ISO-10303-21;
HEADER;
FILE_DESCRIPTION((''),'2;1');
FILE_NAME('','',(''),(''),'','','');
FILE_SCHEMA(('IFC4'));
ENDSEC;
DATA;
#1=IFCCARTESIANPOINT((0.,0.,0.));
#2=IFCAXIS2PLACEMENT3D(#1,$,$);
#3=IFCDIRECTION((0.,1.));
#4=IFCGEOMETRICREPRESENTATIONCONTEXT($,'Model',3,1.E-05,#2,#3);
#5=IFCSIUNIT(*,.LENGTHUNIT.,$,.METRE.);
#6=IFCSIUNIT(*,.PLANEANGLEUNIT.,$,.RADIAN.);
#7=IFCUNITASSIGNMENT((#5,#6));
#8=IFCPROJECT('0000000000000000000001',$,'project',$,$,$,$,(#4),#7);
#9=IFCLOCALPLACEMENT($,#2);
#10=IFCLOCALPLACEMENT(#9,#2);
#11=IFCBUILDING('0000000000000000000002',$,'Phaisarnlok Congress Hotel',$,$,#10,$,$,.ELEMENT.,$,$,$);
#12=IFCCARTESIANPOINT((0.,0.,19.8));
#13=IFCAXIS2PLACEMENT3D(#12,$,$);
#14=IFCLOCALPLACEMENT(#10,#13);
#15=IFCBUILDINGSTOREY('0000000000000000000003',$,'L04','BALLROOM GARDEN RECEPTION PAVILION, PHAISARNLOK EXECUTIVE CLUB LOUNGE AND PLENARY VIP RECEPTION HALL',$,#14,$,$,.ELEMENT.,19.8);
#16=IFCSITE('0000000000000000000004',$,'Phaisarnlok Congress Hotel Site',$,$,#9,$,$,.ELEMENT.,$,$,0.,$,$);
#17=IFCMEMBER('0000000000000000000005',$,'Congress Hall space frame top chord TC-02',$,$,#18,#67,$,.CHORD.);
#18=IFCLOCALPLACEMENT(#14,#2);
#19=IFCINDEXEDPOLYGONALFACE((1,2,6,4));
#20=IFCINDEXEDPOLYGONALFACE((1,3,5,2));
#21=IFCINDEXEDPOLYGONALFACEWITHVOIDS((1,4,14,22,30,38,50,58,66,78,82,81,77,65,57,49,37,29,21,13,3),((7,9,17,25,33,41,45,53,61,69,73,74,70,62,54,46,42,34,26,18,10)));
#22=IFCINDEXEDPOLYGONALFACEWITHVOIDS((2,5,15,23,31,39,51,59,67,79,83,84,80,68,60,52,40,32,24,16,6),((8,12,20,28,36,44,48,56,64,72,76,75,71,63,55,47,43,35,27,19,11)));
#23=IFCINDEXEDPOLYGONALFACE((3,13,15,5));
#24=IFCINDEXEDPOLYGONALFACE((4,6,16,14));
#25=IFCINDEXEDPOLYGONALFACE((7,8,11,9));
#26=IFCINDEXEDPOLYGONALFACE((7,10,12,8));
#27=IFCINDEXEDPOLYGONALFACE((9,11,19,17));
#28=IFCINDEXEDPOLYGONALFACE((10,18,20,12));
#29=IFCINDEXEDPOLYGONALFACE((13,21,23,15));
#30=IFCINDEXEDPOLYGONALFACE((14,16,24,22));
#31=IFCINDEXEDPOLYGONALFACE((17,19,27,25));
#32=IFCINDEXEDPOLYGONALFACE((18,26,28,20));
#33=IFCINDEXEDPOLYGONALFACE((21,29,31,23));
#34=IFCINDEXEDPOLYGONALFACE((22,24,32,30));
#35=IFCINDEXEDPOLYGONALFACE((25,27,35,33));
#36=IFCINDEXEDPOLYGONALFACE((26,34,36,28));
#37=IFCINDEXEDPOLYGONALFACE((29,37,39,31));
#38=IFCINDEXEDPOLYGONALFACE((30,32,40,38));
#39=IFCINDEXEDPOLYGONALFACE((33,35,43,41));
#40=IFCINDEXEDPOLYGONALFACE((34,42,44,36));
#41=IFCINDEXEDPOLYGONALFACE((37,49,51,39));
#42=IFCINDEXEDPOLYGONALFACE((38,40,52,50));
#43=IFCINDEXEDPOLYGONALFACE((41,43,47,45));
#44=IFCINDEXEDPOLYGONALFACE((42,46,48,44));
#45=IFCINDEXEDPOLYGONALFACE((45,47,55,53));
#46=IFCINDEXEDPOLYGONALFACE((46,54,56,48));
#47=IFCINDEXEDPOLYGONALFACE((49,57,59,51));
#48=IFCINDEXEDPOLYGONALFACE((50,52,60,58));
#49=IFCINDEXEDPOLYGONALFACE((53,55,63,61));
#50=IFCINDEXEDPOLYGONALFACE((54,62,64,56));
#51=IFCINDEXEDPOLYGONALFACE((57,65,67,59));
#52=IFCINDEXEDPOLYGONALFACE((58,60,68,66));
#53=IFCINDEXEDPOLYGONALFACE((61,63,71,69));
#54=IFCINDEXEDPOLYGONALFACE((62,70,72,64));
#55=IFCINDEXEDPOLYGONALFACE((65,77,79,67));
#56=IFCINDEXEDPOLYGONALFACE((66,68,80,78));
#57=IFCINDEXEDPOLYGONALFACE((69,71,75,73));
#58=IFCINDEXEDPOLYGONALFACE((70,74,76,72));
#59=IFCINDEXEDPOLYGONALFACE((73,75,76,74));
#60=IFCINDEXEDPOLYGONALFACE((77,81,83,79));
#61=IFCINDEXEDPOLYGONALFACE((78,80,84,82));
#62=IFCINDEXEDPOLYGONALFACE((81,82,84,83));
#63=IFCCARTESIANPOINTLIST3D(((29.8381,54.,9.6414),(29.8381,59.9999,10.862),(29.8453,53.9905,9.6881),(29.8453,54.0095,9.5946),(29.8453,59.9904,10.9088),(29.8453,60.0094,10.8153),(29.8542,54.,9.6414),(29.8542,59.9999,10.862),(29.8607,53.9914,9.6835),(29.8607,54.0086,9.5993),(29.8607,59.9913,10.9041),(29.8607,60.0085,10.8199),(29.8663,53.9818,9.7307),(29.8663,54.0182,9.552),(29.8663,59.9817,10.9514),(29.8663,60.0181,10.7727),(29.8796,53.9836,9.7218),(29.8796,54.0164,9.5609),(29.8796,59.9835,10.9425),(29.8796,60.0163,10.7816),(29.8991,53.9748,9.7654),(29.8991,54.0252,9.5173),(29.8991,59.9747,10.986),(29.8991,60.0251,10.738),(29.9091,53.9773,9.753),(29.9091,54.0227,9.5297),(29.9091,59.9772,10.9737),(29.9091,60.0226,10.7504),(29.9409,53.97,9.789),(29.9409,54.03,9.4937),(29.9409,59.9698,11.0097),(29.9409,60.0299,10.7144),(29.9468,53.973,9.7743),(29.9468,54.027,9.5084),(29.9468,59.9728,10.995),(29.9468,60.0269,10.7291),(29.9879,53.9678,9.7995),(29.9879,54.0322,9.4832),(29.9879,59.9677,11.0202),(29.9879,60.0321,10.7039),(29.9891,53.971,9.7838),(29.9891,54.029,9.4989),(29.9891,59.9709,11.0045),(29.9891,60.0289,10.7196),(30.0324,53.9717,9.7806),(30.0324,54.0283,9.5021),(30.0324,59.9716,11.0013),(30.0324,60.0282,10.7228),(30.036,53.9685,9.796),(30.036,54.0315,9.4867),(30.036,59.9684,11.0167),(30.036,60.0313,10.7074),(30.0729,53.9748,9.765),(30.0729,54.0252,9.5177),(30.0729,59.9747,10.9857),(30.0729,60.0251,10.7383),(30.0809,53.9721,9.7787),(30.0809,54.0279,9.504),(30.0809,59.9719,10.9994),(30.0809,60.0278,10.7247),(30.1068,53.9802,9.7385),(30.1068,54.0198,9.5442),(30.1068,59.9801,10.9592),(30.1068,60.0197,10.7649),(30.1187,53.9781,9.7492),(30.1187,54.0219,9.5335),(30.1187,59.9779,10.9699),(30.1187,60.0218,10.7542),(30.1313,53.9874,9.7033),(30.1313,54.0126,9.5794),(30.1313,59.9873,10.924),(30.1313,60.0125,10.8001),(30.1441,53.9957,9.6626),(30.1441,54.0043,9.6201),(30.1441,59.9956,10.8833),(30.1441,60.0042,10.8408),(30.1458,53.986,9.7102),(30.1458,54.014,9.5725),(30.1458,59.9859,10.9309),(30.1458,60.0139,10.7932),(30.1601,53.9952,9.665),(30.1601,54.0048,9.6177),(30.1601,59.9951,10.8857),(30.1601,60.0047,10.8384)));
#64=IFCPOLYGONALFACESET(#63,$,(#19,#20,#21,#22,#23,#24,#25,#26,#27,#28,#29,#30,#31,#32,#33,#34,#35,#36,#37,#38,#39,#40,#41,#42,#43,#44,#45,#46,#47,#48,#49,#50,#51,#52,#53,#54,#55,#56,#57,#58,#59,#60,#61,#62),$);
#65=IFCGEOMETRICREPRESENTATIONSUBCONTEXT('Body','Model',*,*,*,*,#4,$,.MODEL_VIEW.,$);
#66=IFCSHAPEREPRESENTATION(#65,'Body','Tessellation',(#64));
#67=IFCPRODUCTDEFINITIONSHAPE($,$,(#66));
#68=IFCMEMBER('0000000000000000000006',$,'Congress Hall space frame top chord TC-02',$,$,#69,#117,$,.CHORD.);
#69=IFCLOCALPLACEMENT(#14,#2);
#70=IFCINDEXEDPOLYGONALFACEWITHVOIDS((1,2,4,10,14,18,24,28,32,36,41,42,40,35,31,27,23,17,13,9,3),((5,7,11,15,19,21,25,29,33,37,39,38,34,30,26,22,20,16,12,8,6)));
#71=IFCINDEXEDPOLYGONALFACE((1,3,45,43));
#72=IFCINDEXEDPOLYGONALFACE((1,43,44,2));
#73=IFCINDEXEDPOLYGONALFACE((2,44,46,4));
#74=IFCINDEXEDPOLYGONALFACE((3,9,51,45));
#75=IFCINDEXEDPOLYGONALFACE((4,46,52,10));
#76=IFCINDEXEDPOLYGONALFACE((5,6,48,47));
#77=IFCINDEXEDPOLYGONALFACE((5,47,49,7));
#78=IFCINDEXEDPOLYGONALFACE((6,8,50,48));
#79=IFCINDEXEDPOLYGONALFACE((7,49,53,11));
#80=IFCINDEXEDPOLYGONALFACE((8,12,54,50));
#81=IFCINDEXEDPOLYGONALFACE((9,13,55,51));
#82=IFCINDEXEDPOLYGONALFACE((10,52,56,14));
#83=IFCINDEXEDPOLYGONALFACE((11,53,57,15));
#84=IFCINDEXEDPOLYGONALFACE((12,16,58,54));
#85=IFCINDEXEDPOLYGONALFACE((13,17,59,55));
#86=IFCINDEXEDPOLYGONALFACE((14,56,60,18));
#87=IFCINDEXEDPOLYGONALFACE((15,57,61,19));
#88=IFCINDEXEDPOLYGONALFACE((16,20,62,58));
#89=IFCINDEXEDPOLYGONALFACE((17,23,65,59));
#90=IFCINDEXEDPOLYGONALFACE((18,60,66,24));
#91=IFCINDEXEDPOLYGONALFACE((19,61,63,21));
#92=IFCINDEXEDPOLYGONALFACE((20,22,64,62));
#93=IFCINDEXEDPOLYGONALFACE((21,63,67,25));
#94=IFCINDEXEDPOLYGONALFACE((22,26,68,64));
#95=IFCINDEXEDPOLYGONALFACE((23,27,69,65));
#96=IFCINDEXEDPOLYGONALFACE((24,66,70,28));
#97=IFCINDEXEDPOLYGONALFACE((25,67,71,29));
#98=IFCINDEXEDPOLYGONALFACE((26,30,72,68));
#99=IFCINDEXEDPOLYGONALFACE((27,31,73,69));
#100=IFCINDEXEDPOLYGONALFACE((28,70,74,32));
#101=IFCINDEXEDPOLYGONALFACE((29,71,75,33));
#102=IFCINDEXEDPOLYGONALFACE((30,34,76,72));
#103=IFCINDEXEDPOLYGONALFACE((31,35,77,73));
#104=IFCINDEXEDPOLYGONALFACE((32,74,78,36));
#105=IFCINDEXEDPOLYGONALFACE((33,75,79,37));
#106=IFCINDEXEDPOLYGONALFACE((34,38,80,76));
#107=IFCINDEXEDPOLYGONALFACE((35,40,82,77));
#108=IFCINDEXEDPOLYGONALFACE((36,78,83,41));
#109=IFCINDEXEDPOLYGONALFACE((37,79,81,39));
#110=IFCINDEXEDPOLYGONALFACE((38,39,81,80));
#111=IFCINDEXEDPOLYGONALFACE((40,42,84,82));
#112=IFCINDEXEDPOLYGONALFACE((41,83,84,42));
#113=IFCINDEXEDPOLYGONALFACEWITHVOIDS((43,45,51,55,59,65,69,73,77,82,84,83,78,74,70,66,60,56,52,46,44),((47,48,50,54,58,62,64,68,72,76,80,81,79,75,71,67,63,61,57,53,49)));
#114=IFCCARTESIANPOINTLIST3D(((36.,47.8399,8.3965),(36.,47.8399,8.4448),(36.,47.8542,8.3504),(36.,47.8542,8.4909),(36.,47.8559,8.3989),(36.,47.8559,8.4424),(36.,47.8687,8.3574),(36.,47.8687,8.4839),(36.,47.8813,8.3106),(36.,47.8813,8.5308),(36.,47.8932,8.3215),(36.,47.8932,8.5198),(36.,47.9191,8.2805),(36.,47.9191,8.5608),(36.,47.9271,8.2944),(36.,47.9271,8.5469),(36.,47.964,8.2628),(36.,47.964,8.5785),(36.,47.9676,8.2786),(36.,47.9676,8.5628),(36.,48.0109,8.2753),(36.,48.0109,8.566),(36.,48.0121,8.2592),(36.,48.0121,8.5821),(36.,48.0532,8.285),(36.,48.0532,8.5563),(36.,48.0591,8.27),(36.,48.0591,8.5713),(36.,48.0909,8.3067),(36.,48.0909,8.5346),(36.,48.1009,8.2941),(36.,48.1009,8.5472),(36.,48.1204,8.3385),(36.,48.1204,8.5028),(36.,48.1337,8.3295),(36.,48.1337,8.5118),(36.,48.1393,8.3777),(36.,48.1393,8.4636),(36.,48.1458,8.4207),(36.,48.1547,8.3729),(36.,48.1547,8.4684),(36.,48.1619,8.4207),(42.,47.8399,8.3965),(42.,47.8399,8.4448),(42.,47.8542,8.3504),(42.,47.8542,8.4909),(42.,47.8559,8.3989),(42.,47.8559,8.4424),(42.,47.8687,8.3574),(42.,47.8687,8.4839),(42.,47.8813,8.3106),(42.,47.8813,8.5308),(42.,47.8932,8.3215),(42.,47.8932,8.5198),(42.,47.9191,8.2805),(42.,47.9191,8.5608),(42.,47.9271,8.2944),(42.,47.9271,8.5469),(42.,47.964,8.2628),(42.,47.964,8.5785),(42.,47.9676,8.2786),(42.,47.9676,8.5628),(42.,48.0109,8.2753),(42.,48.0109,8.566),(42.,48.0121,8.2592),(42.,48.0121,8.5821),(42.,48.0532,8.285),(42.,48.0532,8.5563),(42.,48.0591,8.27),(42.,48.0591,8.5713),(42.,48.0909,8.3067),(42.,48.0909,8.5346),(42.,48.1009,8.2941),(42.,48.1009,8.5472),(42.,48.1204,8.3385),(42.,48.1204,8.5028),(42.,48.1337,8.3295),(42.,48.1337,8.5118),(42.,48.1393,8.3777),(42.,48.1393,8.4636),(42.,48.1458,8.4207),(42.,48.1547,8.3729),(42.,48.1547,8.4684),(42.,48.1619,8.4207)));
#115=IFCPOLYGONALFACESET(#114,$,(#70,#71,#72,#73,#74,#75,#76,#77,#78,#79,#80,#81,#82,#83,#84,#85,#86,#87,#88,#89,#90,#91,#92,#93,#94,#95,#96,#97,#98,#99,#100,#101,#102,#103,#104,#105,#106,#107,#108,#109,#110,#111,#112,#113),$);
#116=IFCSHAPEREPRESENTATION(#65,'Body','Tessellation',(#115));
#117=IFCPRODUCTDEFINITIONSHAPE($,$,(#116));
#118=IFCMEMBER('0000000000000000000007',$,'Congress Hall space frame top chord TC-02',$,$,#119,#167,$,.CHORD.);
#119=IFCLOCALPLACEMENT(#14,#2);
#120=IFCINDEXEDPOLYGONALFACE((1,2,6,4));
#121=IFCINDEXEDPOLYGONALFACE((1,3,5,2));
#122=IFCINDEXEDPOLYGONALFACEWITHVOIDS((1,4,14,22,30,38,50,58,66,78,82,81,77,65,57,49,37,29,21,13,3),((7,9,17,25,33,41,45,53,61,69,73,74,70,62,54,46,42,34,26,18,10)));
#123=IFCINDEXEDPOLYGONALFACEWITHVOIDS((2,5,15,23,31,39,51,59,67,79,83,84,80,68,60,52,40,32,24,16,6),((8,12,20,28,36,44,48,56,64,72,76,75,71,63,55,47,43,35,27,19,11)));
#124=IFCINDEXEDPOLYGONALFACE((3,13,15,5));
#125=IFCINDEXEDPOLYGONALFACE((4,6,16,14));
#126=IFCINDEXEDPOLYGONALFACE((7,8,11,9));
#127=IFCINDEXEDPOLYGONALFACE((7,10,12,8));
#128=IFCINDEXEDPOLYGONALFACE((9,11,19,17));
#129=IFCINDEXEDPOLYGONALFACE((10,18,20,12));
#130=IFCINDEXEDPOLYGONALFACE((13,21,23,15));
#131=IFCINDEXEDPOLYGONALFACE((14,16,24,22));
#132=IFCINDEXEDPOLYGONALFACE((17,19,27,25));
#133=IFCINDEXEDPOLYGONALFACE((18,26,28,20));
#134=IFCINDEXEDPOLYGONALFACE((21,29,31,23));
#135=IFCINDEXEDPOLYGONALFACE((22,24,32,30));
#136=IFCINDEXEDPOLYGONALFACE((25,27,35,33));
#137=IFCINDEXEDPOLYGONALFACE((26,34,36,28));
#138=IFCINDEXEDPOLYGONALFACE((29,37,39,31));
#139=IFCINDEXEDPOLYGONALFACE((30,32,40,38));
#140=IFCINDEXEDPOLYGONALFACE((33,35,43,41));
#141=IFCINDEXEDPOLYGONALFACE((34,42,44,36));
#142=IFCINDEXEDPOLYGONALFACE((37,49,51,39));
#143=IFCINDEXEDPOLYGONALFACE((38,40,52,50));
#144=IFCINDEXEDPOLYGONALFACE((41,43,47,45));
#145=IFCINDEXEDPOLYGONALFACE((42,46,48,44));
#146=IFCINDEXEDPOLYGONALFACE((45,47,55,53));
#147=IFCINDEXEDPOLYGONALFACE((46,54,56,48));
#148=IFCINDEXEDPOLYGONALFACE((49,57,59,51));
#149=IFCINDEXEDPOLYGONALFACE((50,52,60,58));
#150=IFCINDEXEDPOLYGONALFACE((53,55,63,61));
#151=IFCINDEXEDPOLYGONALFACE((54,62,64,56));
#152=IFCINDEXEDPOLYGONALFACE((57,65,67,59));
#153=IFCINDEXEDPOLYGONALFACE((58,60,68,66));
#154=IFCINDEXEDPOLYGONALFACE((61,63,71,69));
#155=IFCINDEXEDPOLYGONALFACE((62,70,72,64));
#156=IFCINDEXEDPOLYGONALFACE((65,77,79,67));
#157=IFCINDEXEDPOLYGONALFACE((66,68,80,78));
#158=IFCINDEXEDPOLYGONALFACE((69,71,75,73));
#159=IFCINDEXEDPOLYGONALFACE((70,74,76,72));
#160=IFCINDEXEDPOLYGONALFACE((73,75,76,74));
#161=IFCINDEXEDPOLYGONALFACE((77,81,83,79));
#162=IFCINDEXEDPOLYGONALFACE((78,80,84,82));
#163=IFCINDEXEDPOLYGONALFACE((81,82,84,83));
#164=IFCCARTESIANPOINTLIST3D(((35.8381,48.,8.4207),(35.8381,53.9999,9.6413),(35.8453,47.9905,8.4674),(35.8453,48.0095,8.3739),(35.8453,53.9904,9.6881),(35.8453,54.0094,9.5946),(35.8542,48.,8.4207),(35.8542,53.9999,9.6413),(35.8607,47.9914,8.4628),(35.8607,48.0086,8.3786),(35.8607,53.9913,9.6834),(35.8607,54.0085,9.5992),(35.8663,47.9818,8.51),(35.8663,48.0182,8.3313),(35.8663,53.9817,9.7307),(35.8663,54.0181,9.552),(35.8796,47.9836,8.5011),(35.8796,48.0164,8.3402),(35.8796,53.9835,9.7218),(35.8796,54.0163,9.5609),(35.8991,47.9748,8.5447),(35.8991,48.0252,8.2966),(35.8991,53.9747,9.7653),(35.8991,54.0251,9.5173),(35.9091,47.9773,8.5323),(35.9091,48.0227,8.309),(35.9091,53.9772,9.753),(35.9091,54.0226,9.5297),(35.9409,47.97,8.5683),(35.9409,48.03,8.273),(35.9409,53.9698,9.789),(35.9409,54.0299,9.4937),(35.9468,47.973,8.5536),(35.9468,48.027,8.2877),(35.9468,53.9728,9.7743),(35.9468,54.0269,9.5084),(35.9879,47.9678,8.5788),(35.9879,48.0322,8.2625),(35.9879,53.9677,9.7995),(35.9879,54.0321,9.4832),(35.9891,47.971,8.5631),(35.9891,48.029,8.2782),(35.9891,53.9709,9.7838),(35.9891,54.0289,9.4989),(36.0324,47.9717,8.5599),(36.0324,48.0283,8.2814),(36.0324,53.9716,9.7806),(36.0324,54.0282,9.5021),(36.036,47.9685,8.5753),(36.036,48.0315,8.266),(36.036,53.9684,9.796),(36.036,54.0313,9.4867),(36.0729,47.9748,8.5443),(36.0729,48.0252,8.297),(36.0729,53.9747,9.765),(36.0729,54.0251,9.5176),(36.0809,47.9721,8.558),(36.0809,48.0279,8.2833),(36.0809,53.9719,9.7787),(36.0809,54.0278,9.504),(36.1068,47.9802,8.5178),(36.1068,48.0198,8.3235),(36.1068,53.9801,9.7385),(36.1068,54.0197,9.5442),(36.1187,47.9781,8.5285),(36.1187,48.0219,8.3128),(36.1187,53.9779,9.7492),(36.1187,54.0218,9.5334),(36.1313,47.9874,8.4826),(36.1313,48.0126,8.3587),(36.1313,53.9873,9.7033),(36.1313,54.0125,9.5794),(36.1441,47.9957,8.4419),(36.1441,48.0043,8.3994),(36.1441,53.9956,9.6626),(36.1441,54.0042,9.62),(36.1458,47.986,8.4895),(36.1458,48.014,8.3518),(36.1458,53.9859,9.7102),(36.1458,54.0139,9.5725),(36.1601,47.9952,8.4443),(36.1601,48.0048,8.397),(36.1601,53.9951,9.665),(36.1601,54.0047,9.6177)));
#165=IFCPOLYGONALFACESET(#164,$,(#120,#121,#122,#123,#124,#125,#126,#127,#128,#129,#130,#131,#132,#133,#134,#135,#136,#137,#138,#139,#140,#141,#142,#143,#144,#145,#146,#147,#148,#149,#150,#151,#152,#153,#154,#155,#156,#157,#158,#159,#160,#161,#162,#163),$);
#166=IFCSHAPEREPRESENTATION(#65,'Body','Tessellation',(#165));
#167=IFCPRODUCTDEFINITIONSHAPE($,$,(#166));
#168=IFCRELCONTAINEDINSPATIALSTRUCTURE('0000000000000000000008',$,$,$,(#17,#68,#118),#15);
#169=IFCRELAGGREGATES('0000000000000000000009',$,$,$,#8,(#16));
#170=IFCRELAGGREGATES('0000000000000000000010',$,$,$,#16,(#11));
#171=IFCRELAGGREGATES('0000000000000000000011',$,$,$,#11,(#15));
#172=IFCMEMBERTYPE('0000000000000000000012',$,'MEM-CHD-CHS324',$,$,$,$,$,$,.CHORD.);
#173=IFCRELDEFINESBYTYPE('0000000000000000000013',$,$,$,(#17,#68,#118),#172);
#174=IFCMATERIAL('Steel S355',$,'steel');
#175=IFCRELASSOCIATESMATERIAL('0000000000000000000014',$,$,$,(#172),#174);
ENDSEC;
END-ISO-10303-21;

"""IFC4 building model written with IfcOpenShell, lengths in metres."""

from ifc_helpers import new_model, si_unit, direction, frame, origin, origin_2d, place, context, subcontext, project, spatial, hollow_circle, extrude, material, material_profile, profile_set, type_object, element, save


model = new_model("IFC4")

# Units and contexts
model_context = context("Model", 3, precision=1e-05, world=origin(), true_north=direction((0.0, 1.0)))
body_context = subcontext(model_context, "Body", "Model", "MODEL_VIEW")
ifc_project = project(units=[si_unit("LENGTHUNIT", "METRE"), si_unit("PLANEANGLEUNIT", "RADIAN")], contexts=[model_context])

# Site, building, storey
site_placement = place(None, origin())
site = spatial("IfcSite", under=ifc_project, at=site_placement, Name="Phaisarnlok Congress Hotel Site", CompositionType="ELEMENT", RefElevation=0.0)
building_placement = place(site_placement, origin())
building = spatial("IfcBuilding", under=site, at=building_placement, Name="Phaisarnlok Congress Hotel", CompositionType="ELEMENT")
storey_placement = place(building_placement, frame((0.0, 0.0, 19.8)))
storey = spatial("IfcBuildingStorey", under=building, at=storey_placement, Name="L04", Description="BALLROOM GARDEN RECEPTION PAVILION, PHAISARNLOK EXECUTIVE CLUB LOUNGE AND PLENARY VIP RECEPTION HALL", CompositionType="ELEMENT", Elevation=19.8)

# Members
ifc_material = material(Name="Steel S355", Category="steel")
ifc_material_profile_1 = material_profile(ifc_material, hollow_circle(Radius=0.1619, WallThickness=0.0161, at=origin_2d()), Name="CHS 323.9x16")
ifc_profile_set_1 = profile_set([ifc_material_profile_1], Name="Steel S355")
member_type_1 = type_object("IfcMemberType", Name="MEM-CHD-CHS324", PredefinedType="CHORD", material=ifc_profile_set_1)
member_1_placement = place(storey_placement, frame((30.0, 54.0, 9.6414), z_axis=(0.0, 0.979925, 0.199366), x_axis=(-1.0, 0.0, 0.0)))
element("IfcMember", 1, at=member_1_placement, inside=storey, type_object=member_type_1, Name="Congress Hall space frame top chord TC-02", PredefinedType="CHORD", context=body_context, shape_type="SweptSolid", body=[
    extrude(hollow_circle(Radius=0.1619, WallThickness=0.0161, at=origin_2d()), origin(), (0.0, 0.0, 1.0), 6.1228),
])
member_2_placement = place(storey_placement, frame((36.0, 48.0, 8.4207), z_axis=(1.0, 0.0, 0.0), x_axis=(0.0, 1.0, 0.0)))
element("IfcMember", 2, at=member_2_placement, inside=storey, type_object=member_type_1, Name="Congress Hall space frame top chord TC-02", PredefinedType="CHORD", context=body_context, shape_type="SweptSolid", body=[
    extrude(hollow_circle(Radius=0.1619, WallThickness=0.0161, at=origin_2d()), origin(), (0.0, 0.0, 1.0), 6.0),
])
member_3_placement = place(storey_placement, frame((36.0, 48.0, 8.4207), z_axis=(0.0, 0.979925, 0.199366), x_axis=(-1.0, 0.0, 0.0)))
element("IfcMember", 3, at=member_3_placement, inside=storey, type_object=member_type_1, Name="Congress Hall space frame top chord TC-02", PredefinedType="CHORD", context=body_context, shape_type="SweptSolid", body=[
    extrude(hollow_circle(Radius=0.1619, WallThickness=0.0161, at=origin_2d()), origin(), (0.0, 0.0, 1.0), 6.1228),
])

save(model, "model.ifc")
